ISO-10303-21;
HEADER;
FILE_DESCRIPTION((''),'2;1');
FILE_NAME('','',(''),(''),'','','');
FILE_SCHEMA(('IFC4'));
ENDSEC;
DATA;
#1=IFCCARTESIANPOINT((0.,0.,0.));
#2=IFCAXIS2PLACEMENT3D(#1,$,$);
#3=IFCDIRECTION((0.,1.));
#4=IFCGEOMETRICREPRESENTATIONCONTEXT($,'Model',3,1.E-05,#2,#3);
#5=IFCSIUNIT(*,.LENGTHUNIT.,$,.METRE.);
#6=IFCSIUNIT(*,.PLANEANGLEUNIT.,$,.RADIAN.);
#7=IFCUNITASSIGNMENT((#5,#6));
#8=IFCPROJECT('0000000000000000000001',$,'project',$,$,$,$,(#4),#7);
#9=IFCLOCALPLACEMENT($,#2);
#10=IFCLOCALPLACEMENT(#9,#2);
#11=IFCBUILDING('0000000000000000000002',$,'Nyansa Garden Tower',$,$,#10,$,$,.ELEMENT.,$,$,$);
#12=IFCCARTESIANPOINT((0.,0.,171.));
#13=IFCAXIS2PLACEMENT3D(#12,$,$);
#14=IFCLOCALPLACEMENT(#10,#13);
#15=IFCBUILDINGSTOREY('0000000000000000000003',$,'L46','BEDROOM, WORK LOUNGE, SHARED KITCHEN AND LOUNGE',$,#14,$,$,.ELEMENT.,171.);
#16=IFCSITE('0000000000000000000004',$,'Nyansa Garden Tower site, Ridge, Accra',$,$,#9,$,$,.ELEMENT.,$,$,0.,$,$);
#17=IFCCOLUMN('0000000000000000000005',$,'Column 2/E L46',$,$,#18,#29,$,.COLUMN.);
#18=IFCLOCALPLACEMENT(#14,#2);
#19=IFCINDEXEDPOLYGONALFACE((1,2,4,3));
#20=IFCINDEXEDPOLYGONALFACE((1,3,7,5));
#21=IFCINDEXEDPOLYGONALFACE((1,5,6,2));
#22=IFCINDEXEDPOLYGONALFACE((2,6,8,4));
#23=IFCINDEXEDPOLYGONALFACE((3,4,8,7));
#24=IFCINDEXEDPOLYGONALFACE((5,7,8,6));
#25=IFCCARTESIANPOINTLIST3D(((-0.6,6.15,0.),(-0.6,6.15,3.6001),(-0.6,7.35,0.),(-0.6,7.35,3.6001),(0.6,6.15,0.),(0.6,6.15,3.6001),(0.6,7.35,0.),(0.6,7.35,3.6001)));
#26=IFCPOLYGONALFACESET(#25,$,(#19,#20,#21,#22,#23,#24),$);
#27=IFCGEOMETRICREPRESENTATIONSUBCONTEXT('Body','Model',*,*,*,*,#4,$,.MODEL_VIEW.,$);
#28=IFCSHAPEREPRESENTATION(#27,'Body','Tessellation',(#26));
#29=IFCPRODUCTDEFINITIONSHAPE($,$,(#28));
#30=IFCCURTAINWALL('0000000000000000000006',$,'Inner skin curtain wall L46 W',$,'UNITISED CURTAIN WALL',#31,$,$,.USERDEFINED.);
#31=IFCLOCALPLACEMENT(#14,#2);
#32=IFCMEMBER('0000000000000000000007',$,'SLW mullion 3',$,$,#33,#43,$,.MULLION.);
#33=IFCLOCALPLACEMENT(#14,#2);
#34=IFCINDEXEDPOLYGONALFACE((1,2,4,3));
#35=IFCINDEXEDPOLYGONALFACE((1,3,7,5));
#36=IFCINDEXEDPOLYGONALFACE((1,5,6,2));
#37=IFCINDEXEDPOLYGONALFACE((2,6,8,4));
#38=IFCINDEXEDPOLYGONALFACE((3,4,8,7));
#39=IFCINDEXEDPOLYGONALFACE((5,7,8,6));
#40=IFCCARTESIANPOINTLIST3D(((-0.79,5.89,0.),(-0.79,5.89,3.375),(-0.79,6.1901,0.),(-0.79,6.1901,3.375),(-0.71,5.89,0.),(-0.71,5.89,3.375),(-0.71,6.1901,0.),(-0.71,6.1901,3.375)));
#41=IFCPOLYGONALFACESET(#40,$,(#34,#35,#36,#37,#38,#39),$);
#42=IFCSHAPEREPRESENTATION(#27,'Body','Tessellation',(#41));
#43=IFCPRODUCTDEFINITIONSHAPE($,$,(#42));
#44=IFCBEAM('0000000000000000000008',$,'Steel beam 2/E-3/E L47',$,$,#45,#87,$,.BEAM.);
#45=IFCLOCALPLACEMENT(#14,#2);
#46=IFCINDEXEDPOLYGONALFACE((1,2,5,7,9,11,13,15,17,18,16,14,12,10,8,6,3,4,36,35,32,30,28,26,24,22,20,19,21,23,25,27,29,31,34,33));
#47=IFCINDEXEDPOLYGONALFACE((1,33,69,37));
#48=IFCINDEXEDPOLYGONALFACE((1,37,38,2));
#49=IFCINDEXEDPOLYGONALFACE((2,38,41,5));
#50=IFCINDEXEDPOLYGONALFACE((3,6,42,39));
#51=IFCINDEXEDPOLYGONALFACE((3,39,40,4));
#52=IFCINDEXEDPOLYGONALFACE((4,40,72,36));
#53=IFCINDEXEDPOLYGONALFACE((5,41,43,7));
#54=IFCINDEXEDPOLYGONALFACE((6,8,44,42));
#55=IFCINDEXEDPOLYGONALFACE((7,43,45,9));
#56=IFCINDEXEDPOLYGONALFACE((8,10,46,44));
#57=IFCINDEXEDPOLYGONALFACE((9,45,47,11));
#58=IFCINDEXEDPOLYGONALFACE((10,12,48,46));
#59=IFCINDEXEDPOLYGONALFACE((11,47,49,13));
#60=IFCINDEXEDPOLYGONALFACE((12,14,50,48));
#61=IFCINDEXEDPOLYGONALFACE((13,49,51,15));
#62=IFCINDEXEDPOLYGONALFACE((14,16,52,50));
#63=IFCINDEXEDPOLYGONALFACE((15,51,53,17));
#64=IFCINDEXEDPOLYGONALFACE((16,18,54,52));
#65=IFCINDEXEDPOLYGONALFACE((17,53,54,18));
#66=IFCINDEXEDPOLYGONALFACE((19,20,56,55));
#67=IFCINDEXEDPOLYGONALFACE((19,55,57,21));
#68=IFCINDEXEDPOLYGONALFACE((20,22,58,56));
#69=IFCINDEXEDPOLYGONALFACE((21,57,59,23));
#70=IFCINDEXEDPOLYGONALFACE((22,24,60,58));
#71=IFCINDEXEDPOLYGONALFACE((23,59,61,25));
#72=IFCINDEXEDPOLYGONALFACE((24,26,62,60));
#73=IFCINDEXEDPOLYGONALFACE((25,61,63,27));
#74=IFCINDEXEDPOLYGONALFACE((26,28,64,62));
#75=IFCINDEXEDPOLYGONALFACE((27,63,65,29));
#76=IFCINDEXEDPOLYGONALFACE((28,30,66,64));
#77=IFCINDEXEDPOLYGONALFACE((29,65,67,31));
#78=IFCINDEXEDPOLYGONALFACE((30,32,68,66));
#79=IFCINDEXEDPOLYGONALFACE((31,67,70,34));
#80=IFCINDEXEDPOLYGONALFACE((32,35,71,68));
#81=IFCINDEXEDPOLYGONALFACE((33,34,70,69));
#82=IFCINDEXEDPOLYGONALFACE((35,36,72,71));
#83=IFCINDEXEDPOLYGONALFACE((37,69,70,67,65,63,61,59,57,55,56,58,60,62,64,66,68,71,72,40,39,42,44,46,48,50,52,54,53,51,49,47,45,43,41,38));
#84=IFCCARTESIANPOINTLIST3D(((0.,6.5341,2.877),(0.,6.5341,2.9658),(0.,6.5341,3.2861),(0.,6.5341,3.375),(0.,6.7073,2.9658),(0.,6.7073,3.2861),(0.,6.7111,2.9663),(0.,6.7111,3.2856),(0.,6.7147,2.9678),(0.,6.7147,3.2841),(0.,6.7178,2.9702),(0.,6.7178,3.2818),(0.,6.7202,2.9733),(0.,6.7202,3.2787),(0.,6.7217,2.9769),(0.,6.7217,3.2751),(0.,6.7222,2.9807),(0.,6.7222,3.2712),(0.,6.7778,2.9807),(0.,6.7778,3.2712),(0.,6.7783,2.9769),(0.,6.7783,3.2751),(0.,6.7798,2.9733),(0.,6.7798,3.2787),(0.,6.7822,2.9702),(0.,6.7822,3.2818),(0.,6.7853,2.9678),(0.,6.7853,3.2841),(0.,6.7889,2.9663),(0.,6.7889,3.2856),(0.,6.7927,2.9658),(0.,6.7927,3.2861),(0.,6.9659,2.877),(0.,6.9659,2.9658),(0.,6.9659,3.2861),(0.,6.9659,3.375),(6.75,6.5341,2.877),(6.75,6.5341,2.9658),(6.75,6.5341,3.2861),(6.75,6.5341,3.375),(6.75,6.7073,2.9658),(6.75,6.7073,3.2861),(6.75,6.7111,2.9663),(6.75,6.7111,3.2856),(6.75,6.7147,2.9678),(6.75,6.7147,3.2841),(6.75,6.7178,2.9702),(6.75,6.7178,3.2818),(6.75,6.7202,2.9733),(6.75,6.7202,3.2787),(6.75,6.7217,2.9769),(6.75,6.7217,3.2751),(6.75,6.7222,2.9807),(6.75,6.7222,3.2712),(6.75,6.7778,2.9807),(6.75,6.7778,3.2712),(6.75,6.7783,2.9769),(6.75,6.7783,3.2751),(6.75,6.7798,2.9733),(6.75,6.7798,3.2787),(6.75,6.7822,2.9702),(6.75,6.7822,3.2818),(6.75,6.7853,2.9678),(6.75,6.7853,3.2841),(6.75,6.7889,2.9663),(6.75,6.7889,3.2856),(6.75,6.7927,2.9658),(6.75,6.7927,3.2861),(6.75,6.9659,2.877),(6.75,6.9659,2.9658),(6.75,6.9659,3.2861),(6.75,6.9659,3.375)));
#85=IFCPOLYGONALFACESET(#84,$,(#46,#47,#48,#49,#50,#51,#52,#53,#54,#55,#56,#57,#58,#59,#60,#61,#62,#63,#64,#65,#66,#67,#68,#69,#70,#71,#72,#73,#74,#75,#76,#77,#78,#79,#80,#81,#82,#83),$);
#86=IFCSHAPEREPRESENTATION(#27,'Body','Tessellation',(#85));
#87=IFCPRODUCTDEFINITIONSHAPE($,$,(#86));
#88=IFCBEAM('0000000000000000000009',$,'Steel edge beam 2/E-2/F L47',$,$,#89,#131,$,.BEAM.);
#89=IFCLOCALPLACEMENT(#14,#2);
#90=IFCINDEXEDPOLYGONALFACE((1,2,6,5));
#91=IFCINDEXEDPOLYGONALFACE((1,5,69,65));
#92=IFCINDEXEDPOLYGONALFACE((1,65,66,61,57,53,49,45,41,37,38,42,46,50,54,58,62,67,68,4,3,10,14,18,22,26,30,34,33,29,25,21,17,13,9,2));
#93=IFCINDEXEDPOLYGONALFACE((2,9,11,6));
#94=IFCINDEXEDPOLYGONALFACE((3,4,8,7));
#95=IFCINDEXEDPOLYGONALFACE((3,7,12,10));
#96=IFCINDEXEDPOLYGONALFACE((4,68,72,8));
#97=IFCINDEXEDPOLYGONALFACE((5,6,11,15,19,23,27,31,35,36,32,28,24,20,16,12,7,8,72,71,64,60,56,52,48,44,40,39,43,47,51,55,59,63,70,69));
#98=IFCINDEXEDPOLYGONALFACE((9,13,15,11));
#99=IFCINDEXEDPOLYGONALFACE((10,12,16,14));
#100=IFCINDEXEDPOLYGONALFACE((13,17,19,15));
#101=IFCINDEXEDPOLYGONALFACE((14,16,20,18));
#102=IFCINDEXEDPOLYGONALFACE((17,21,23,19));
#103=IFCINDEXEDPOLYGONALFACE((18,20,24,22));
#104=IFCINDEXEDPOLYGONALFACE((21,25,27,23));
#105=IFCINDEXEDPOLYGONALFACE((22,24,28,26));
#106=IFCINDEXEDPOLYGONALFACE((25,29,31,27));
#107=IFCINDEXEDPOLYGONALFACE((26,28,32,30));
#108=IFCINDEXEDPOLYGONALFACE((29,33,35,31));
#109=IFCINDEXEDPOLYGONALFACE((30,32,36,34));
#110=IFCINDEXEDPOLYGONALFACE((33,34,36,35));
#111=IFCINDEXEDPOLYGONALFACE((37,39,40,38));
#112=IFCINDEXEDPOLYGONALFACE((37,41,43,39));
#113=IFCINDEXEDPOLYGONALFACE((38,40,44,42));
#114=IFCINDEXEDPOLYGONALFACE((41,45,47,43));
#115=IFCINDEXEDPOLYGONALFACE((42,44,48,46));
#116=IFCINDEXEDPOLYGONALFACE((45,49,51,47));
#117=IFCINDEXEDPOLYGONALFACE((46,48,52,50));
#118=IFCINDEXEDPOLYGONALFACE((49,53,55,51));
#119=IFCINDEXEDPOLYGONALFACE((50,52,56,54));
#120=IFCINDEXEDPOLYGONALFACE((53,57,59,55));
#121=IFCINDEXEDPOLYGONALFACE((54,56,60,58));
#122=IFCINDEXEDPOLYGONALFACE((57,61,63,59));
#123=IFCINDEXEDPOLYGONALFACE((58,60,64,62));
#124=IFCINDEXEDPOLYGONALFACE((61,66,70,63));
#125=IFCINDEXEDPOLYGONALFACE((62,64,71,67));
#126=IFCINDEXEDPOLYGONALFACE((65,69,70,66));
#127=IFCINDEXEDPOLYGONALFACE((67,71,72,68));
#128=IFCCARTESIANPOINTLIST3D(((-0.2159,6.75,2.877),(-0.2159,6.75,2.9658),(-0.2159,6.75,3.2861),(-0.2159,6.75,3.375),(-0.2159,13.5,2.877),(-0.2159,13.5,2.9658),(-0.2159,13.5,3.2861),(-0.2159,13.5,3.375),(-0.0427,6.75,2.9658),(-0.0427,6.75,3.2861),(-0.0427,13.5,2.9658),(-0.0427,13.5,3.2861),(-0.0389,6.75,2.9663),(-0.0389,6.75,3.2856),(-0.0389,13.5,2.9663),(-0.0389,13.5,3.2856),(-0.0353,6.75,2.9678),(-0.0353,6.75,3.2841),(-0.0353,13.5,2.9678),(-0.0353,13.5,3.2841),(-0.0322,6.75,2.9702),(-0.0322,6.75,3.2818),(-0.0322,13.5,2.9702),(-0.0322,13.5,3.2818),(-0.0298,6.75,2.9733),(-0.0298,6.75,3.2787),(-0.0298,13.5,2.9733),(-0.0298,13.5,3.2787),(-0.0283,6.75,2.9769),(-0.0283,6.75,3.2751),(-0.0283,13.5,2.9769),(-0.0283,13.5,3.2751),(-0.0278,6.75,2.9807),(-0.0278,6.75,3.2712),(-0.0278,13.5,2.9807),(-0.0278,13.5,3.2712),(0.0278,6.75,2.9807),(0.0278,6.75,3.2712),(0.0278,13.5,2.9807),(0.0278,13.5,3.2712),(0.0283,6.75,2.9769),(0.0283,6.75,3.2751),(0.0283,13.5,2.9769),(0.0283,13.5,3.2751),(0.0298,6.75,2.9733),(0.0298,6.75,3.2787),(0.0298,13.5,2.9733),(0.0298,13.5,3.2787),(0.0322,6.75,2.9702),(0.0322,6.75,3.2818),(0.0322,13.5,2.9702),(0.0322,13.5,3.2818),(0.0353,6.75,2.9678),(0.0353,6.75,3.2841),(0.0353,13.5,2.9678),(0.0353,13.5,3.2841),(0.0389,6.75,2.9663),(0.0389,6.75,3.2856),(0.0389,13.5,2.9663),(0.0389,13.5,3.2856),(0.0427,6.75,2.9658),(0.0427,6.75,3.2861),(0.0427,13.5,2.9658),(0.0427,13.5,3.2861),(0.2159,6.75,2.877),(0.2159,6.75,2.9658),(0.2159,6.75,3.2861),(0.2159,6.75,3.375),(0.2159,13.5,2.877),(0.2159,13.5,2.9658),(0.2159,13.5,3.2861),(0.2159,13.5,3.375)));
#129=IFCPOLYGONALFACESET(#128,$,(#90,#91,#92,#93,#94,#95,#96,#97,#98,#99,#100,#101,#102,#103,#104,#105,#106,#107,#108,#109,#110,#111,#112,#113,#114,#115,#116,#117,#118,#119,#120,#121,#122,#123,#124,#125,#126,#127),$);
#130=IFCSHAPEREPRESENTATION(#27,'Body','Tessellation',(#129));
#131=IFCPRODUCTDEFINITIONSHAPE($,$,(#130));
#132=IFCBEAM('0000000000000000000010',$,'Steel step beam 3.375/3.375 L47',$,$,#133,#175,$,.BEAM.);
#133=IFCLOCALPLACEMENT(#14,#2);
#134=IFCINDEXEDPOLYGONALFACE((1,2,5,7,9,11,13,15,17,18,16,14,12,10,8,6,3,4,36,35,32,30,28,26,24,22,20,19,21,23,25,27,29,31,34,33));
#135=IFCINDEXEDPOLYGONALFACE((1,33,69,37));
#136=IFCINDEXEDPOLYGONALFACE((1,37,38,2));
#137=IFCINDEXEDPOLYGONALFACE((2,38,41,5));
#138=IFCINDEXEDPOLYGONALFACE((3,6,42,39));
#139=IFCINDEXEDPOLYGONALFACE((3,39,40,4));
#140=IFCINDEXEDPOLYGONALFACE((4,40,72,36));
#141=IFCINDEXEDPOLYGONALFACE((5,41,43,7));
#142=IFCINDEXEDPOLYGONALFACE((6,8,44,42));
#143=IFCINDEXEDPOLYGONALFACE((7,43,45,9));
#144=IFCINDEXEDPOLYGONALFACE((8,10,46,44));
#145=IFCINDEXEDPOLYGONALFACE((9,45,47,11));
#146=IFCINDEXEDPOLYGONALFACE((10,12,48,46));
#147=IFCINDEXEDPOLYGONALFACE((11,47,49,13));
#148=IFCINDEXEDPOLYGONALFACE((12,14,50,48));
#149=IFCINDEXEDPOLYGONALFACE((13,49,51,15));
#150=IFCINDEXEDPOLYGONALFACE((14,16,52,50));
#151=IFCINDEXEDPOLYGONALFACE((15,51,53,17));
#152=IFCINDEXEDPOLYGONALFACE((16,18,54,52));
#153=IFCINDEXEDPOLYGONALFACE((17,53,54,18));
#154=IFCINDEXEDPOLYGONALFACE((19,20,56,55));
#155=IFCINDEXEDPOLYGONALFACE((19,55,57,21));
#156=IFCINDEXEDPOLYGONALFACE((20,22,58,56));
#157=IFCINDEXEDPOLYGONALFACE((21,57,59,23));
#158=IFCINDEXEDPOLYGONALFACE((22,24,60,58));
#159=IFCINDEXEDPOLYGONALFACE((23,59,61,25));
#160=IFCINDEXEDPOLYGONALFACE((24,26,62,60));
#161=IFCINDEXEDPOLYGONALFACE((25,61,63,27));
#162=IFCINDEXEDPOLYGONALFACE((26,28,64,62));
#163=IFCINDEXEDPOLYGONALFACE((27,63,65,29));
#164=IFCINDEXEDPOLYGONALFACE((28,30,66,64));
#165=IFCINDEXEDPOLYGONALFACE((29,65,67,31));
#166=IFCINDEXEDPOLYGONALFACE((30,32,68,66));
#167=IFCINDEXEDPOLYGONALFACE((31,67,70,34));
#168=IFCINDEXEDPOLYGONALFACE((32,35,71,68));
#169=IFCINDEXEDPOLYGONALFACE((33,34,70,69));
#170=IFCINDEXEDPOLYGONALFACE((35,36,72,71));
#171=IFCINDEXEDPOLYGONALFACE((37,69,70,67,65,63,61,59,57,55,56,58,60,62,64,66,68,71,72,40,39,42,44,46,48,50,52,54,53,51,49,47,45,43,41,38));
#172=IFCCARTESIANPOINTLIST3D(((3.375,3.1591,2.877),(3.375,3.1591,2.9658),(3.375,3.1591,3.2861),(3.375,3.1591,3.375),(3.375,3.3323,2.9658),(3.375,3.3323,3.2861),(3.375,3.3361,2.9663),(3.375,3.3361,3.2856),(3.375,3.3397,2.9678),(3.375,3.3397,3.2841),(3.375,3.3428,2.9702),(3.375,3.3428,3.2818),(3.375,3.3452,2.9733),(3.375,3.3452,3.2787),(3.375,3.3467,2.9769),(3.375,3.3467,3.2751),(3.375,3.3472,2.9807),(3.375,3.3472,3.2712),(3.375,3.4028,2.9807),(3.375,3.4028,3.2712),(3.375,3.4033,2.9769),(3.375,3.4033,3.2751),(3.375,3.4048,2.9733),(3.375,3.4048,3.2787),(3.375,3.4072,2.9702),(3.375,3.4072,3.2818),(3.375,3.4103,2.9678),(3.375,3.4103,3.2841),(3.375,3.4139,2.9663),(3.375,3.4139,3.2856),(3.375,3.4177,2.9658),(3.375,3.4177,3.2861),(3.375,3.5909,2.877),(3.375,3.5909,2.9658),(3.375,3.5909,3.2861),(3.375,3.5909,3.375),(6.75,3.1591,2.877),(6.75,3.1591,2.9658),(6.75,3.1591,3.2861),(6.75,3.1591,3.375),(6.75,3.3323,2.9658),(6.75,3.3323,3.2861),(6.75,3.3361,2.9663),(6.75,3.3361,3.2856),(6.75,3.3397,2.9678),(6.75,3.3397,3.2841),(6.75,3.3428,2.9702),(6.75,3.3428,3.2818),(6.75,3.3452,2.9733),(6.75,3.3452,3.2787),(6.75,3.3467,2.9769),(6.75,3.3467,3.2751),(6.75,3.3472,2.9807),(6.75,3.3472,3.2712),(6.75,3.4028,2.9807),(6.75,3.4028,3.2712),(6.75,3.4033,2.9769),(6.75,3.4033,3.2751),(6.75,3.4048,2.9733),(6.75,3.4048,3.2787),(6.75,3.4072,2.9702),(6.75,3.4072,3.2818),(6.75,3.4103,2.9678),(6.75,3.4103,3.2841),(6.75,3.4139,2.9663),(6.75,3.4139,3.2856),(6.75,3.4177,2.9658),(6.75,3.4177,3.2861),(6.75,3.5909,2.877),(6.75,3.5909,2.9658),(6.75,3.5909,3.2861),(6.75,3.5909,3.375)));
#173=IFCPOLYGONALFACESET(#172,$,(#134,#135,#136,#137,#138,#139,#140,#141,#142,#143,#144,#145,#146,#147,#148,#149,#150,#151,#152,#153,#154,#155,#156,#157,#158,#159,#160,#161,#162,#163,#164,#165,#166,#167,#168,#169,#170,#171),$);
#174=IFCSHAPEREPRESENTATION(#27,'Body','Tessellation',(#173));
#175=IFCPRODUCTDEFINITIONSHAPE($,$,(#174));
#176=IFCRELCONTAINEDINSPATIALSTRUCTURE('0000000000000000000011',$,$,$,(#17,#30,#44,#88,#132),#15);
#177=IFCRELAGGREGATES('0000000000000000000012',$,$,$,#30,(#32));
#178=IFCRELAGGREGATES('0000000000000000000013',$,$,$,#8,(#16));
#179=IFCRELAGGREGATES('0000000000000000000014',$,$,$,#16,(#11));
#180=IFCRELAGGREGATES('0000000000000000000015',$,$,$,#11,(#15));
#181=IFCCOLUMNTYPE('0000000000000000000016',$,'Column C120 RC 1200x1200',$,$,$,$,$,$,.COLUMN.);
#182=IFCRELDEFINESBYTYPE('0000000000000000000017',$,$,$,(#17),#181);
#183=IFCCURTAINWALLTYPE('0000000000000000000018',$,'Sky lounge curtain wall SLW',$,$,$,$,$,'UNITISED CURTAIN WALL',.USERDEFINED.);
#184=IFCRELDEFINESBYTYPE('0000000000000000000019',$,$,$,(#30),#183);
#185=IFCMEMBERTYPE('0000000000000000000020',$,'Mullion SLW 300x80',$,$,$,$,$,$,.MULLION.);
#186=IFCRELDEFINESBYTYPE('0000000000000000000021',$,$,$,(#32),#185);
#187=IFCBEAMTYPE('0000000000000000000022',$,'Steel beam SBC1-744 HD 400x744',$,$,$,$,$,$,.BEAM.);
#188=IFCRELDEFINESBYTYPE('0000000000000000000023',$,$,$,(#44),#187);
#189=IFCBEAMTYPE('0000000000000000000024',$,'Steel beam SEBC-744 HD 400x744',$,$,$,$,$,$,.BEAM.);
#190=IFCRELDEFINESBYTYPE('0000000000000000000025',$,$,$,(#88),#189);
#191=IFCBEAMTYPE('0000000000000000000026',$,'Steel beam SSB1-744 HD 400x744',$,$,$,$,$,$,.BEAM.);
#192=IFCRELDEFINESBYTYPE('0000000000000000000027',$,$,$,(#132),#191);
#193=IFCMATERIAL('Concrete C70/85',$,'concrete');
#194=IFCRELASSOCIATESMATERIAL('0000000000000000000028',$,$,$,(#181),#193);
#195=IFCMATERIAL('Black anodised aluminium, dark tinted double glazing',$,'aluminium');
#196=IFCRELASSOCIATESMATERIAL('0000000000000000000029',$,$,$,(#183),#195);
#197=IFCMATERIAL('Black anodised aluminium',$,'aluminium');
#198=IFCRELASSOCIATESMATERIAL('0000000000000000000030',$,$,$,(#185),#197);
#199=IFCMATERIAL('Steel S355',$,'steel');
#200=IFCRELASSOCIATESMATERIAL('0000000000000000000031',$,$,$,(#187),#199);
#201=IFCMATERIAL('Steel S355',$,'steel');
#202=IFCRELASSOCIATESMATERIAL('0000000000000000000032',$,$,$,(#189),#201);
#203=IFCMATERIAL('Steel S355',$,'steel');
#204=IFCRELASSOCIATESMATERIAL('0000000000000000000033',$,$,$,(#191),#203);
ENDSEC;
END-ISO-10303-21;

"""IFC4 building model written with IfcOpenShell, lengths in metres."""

from ifc_helpers import new_model, si_unit, direction, frame, origin, origin_2d, place, context, subcontext, project, spatial, rectangle, i_section, extrude, material, material_profile, profile_set, type_object, element, aggregate, save


model = new_model("IFC4")

# Units and contexts
model_context = context("Model", 3, precision=1e-05, world=origin(), true_north=direction((0.0, 1.0)))
body_context = subcontext(model_context, "Body", "Model", "MODEL_VIEW")
ifc_project = project(units=[si_unit("LENGTHUNIT", "METRE"), si_unit("PLANEANGLEUNIT", "RADIAN")], contexts=[model_context])

# Site, building, storey
site_placement = place(None, origin())
site = spatial("IfcSite", under=ifc_project, at=site_placement, Name="Nyansa Garden Tower site, Ridge, Accra", CompositionType="ELEMENT", RefElevation=0.0)
building_placement = place(site_placement, origin())
building = spatial("IfcBuilding", under=site, at=building_placement, Name="Nyansa Garden Tower", CompositionType="ELEMENT")
storey_placement = place(building_placement, frame((0.0, 0.0, 171.0)))
storey = spatial("IfcBuildingStorey", under=building, at=storey_placement, Name="L46", Description="BEDROOM, WORK LOUNGE, SHARED KITCHEN AND LOUNGE", CompositionType="ELEMENT", Elevation=171.0)

# Column
ifc_material_1 = material(Name="Concrete C70/85", Category="concrete")
ifc_material_profile_1 = material_profile(ifc_material_1, rectangle(XDim=1.2, YDim=1.2, at=origin_2d()), Name="RC 1200x1200")
ifc_profile_set_1 = profile_set([ifc_material_profile_1], Name="Concrete C70/85")
column_type = type_object("IfcColumnType", Name="Column C120 RC 1200x1200", PredefinedType="COLUMN", material=ifc_profile_set_1)
column_placement = place(storey_placement, frame((0.0, 6.75, 0.0), z_axis=(0.0, 0.0, 1.0), x_axis=(1.0, 0.0, 0.0)))
element("IfcColumn", 1, at=column_placement, inside=storey, type_object=column_type, Name="Column 2/E L46", PredefinedType="COLUMN", context=body_context, shape_type="SweptSolid", body=[
    extrude(rectangle(XDim=1.2, YDim=1.2, at=origin_2d()), origin(), (0.0, 0.0, 1.0), 3.6001),
])

# Curtain wall, member
ifc_material_2 = material(Name="Black anodised aluminium, dark tinted double glazing", Category="aluminium")
curtain_wall_type = type_object("IfcCurtainWallType", Name="Sky lounge curtain wall SLW", ElementType="UNITISED CURTAIN WALL", PredefinedType="USERDEFINED", material=ifc_material_2)
curtain_wall_placement = place(storey_placement, origin())
curtain_wall = element("IfcCurtainWall", 2, at=curtain_wall_placement, inside=storey, type_object=curtain_wall_type, Name="Inner skin curtain wall L46 W", ObjectType="UNITISED CURTAIN WALL", PredefinedType="USERDEFINED")
ifc_material_3 = material(Name="Black anodised aluminium", Category="aluminium")
ifc_material_profile_2 = material_profile(ifc_material_3, rectangle(XDim=0.0801, YDim=0.3, at=origin_2d()), Name="Mullion 300x80")
ifc_profile_set_2 = profile_set([ifc_material_profile_2], Name="Black anodised aluminium")
member_type_1 = type_object("IfcMemberType", Name="Mullion SLW 300x80", PredefinedType="MULLION", material=ifc_profile_set_2)
member_1_placement = place(storey_placement, frame((-0.75, 6.04, 0.0), z_axis=(0.0, 0.0, 1.0), x_axis=(1.0, 0.0, 0.0)))
member_1 = element("IfcMember", 3, at=member_1_placement, type_object=member_type_1, Name="SLW mullion 3", PredefinedType="MULLION", context=body_context, shape_type="SweptSolid", body=[
    extrude(rectangle(XDim=0.0801, YDim=0.3, at=origin_2d()), origin(), (0.0, 0.0, 1.0), 3.375),
])

# Beams
ifc_material_4 = material(Name="Steel S355", Category="steel")
ifc_material_profile_3 = material_profile(ifc_material_4, i_section(OverallWidth=0.4319, OverallDepth=0.498, WebThickness=0.0557, FlangeThickness=0.0889, FilletRadius=0.0149, at=origin_2d()), Name="HD 400x744")
ifc_profile_set_3 = profile_set([ifc_material_profile_3], Name="Steel S355")
beam_type_1 = type_object("IfcBeamType", Name="Steel beam SBC1-744 HD 400x744", PredefinedType="BEAM", material=ifc_profile_set_3)
beam_1_placement = place(storey_placement, frame((0.0, 6.75, 3.126), z_axis=(1.0, 0.0, 0.0), x_axis=(0.0, 1.0, 0.0)))
element("IfcBeam", 4, at=beam_1_placement, inside=storey, type_object=beam_type_1, Name="Steel beam 2/E-3/E L47", PredefinedType="BEAM", context=body_context, shape_type="SweptSolid", body=[
    extrude(i_section(OverallWidth=0.4319, OverallDepth=0.498, WebThickness=0.0557, FlangeThickness=0.0889, FilletRadius=0.0149, at=origin_2d()), origin(), (0.0, 0.0, 1.0), 6.75),
])
ifc_material_5 = material(Name="Steel S355", Category="steel")
ifc_material_profile_4 = material_profile(ifc_material_5, i_section(OverallWidth=0.4319, OverallDepth=0.498, WebThickness=0.0557, FlangeThickness=0.0889, FilletRadius=0.0149, at=origin_2d()), Name="HD 400x744")
ifc_profile_set_4 = profile_set([ifc_material_profile_4], Name="Steel S355")
beam_type_2 = type_object("IfcBeamType", Name="Steel beam SEBC-744 HD 400x744", PredefinedType="BEAM", material=ifc_profile_set_4)
beam_2_placement = place(storey_placement, frame((0.0, 6.75, 3.126), z_axis=(0.0, 1.0, 0.0), x_axis=(-1.0, 0.0, 0.0)))
element("IfcBeam", 5, at=beam_2_placement, inside=storey, type_object=beam_type_2, Name="Steel edge beam 2/E-2/F L47", PredefinedType="BEAM", context=body_context, shape_type="SweptSolid", body=[
    extrude(i_section(OverallWidth=0.4319, OverallDepth=0.498, WebThickness=0.0557, FlangeThickness=0.0889, FilletRadius=0.0149, at=origin_2d()), origin(), (0.0, 0.0, 1.0), 6.75),
])
ifc_material_6 = material(Name="Steel S355", Category="steel")
ifc_material_profile_5 = material_profile(ifc_material_6, i_section(OverallWidth=0.4319, OverallDepth=0.498, WebThickness=0.0557, FlangeThickness=0.0889, FilletRadius=0.0149, at=origin_2d()), Name="HD 400x744")
ifc_profile_set_5 = profile_set([ifc_material_profile_5], Name="Steel S355")
beam_type_3 = type_object("IfcBeamType", Name="Steel beam SSB1-744 HD 400x744", PredefinedType="BEAM", material=ifc_profile_set_5)
beam_3_placement = place(storey_placement, frame((3.375, 3.375, 3.126), z_axis=(1.0, 0.0, 0.0), x_axis=(0.0, 1.0, 0.0)))
element("IfcBeam", 6, at=beam_3_placement, inside=storey, type_object=beam_type_3, Name="Steel step beam 3.375/3.375 L47", PredefinedType="BEAM", context=body_context, shape_type="SweptSolid", body=[
    extrude(i_section(OverallWidth=0.4319, OverallDepth=0.498, WebThickness=0.0557, FlangeThickness=0.0889, FilletRadius=0.0149, at=origin_2d()), origin(), (0.0, 0.0, 1.0), 3.375),
])

aggregate(curtain_wall, [member_1])

save(model, "model.ifc")
